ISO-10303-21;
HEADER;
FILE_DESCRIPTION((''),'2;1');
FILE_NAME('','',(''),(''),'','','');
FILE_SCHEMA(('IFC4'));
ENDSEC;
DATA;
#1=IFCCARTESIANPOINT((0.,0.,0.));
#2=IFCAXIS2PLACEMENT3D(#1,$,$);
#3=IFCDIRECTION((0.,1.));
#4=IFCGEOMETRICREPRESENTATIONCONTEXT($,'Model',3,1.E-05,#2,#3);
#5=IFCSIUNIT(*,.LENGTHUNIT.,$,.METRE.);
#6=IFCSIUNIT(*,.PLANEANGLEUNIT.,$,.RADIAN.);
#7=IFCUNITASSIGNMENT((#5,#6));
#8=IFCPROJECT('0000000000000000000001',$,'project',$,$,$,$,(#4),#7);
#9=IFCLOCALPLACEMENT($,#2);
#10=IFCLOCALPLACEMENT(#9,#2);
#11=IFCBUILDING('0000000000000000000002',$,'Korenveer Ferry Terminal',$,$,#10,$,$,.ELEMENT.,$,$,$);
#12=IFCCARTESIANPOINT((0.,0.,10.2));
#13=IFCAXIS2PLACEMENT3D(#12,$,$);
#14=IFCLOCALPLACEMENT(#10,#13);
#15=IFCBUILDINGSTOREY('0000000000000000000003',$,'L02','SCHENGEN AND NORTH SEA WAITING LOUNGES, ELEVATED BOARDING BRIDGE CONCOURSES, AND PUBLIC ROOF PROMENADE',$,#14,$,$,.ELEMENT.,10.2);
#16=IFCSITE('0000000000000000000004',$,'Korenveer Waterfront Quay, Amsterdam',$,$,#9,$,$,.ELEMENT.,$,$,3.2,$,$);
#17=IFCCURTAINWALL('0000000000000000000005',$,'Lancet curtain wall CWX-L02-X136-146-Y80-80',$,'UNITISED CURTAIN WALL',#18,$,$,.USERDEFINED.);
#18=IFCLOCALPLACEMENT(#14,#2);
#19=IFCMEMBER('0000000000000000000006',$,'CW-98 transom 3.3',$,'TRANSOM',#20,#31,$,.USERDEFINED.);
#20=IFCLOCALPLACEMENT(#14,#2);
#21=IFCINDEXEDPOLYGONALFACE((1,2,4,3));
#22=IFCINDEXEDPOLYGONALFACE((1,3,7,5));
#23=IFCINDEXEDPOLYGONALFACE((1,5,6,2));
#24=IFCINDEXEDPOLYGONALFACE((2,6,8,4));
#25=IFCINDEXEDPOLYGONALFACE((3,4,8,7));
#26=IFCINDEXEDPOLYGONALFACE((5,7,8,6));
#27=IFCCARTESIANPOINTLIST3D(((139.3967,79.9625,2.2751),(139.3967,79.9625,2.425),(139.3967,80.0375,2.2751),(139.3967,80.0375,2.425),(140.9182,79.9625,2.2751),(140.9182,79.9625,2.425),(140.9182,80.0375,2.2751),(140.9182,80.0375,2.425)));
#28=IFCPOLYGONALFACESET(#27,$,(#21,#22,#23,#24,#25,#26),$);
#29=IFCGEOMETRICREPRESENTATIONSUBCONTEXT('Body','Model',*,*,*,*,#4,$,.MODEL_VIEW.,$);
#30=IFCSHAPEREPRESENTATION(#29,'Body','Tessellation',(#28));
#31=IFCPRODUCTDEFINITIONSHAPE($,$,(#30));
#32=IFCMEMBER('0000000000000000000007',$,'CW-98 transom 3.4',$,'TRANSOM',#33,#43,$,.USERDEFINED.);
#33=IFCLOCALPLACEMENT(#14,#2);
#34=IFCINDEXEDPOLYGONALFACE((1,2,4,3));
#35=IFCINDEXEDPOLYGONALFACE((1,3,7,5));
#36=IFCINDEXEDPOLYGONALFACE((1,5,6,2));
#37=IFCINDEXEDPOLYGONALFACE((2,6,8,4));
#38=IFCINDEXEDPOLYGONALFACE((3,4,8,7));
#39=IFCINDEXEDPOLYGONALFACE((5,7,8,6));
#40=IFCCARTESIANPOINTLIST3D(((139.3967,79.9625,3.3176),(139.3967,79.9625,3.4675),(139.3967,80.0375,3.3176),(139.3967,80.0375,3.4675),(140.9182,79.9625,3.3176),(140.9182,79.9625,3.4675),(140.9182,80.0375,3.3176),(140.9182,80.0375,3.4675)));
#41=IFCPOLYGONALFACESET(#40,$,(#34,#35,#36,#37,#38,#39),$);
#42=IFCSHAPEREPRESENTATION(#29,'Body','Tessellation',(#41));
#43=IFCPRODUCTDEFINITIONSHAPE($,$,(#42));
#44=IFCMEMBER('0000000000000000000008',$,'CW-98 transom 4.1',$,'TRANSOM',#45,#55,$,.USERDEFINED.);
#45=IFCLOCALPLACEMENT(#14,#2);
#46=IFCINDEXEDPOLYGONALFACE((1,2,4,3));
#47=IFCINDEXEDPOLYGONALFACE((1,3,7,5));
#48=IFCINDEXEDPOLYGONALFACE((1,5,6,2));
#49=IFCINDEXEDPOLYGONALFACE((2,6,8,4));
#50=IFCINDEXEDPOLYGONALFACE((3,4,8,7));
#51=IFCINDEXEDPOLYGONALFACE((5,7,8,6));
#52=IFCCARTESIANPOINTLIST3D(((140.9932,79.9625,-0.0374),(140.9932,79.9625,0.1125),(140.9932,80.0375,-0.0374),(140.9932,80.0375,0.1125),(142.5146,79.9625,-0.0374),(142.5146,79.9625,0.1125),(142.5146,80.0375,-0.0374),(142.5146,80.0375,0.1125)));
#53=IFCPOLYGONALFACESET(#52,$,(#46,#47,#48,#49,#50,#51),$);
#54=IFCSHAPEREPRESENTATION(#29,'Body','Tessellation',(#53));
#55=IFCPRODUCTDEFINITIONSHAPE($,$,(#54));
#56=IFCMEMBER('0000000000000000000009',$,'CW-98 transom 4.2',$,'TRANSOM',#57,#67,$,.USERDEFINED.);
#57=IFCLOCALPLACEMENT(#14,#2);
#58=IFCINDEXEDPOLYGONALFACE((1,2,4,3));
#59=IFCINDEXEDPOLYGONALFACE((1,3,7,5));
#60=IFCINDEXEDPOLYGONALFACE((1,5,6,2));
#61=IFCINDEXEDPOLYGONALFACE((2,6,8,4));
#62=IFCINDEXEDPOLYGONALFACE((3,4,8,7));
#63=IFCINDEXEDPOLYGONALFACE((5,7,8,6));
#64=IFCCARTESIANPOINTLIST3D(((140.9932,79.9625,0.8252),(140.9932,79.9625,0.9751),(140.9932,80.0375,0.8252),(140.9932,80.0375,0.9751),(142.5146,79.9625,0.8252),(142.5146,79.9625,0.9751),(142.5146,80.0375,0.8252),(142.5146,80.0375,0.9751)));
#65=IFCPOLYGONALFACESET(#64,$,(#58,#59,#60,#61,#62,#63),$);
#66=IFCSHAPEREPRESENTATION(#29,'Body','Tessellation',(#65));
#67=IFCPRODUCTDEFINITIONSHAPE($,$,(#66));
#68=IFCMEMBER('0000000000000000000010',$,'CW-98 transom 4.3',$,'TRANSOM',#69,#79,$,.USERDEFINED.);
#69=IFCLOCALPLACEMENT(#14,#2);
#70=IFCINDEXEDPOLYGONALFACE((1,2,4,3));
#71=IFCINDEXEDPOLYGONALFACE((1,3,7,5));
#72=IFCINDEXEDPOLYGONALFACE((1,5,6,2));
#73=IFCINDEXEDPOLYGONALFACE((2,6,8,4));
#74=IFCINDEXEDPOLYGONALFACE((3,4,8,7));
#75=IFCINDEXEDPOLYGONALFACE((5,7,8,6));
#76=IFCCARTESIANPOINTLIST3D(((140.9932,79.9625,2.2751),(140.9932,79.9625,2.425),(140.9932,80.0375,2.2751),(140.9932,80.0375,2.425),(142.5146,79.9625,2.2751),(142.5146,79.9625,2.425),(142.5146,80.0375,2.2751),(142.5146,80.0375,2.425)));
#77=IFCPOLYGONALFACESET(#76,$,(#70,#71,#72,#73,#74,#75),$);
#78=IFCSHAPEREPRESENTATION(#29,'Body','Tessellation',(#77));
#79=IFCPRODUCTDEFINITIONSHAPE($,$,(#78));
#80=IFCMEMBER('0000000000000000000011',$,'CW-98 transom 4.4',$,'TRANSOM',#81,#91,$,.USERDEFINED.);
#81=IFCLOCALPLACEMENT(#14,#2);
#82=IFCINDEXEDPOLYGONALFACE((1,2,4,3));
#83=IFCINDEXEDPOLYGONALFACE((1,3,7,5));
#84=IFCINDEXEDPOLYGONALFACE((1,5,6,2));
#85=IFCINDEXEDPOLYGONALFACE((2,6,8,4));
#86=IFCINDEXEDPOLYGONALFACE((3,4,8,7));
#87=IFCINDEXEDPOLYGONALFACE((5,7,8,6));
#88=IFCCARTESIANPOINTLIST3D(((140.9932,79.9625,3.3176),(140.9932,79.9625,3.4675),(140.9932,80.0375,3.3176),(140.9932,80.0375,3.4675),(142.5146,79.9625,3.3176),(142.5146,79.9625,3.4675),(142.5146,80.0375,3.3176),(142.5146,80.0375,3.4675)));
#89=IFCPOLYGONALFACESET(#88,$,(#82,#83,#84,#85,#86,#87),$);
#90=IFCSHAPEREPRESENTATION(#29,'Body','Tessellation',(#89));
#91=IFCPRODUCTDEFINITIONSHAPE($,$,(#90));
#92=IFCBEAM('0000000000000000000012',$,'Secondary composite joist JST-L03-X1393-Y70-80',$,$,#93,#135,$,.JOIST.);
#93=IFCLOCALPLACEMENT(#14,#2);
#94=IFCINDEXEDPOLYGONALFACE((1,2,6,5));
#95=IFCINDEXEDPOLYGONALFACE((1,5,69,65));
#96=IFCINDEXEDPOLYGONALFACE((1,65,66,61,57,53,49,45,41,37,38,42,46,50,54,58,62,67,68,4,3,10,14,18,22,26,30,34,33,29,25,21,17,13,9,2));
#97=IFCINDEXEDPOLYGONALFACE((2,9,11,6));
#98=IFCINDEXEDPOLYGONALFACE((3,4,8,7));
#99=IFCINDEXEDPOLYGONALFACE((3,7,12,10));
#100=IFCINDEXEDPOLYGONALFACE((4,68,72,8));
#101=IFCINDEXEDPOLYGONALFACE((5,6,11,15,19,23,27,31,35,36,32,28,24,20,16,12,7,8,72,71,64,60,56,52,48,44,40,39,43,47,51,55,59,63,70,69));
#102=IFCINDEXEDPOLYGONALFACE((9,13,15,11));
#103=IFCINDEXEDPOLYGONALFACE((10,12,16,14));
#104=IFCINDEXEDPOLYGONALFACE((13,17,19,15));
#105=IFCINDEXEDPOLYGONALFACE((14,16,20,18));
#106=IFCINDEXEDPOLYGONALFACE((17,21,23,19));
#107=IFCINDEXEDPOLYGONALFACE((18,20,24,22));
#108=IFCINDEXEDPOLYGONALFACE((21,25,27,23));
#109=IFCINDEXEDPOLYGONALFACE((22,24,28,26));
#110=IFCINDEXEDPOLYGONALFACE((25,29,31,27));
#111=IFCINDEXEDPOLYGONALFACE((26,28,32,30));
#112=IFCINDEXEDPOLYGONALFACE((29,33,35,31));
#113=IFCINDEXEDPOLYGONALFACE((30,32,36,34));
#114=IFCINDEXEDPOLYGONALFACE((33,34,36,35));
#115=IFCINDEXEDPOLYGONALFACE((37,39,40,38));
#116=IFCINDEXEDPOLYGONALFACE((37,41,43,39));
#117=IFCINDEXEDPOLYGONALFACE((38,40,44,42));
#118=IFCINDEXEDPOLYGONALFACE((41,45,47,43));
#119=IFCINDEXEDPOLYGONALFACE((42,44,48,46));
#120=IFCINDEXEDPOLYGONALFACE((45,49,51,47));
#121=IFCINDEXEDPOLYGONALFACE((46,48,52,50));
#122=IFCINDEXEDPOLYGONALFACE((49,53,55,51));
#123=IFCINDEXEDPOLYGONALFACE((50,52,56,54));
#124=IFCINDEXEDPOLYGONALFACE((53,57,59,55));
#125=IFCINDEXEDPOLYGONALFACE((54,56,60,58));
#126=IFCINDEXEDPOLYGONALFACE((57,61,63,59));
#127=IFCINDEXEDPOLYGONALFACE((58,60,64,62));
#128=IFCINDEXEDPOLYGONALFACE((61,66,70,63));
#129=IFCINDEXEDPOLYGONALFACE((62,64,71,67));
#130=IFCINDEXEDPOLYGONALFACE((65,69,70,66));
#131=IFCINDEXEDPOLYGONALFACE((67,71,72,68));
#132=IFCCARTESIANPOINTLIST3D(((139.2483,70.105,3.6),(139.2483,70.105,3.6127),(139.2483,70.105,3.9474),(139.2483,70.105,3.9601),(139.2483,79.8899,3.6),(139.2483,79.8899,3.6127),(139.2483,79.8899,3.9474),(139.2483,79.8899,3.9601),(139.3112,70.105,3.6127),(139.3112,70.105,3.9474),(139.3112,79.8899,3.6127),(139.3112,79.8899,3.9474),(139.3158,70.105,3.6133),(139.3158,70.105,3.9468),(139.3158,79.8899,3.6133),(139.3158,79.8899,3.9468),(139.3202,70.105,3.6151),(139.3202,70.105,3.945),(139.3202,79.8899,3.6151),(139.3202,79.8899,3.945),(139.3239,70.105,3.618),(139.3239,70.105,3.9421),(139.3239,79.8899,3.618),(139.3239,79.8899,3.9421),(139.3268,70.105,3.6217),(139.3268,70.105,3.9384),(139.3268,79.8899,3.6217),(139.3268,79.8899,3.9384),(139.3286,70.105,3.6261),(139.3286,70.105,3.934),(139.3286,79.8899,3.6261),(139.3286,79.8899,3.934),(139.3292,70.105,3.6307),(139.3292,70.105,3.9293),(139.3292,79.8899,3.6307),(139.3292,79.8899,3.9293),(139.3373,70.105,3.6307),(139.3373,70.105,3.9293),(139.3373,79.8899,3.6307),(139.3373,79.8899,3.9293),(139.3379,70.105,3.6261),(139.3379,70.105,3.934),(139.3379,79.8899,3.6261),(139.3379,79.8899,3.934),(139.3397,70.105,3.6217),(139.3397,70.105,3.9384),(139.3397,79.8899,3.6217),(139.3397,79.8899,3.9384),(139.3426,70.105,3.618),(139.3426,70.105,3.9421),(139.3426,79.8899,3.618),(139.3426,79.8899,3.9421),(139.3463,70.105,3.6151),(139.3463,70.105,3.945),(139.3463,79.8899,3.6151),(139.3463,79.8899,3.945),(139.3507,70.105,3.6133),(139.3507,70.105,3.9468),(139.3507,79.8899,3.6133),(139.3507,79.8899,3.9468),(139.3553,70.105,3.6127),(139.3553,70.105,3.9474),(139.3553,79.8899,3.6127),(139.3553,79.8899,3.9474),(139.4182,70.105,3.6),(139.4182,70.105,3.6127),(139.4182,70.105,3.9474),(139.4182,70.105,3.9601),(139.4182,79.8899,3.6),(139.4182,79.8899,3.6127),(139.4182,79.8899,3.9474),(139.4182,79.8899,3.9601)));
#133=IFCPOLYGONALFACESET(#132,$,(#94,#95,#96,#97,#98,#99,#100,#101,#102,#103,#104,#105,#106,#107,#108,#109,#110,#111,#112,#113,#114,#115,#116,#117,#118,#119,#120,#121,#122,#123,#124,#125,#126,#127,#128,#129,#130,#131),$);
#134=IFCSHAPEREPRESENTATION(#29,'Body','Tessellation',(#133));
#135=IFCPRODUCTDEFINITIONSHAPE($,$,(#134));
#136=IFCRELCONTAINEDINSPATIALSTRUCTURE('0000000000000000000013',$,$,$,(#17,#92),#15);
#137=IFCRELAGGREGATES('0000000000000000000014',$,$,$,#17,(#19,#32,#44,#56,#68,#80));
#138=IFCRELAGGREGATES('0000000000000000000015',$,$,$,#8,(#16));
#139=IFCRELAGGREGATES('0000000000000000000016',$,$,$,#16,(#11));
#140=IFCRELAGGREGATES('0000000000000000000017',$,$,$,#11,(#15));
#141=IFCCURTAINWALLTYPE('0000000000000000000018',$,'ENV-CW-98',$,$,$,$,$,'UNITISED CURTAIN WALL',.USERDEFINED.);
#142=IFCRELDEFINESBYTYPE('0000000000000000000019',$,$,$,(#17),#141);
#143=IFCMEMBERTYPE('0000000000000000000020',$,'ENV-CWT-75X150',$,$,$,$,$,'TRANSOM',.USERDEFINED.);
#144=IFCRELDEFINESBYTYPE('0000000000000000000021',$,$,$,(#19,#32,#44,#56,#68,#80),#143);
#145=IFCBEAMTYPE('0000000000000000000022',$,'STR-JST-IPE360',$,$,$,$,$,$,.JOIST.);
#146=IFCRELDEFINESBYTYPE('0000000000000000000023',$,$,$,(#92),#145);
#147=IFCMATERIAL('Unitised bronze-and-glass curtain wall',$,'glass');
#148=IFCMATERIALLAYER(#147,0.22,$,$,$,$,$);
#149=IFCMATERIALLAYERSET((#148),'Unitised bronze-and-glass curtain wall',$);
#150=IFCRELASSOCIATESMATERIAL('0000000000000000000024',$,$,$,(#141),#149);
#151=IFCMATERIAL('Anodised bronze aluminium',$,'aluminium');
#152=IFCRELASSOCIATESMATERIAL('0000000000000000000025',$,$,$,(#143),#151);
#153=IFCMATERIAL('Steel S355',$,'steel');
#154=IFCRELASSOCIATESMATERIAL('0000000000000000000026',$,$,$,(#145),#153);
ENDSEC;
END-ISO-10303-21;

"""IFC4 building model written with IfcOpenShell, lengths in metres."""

from ifc_helpers import new_model, si_unit, direction, frame, origin, origin_2d, place, context, subcontext, project, spatial, rectangle, i_section, extrude, material, layer, layer_set, material_profile, profile_set, type_object, element, aggregate, save


model = new_model("IFC4")

# Units and contexts
model_context = context("Model", 3, precision=1e-05, world=origin(), true_north=direction((0.0, 1.0)))
body_context = subcontext(model_context, "Body", "Model", "MODEL_VIEW")
ifc_project = project(units=[si_unit("LENGTHUNIT", "METRE"), si_unit("PLANEANGLEUNIT", "RADIAN")], contexts=[model_context])

# Site, building, storey
site_placement = place(None, origin())
site = spatial("IfcSite", under=ifc_project, at=site_placement, Name="Korenveer Waterfront Quay, Amsterdam", CompositionType="ELEMENT", RefElevation=3.2)
building_placement = place(site_placement, origin())
building = spatial("IfcBuilding", under=site, at=building_placement, Name="Korenveer Ferry Terminal", CompositionType="ELEMENT")
storey_placement = place(building_placement, frame((0.0, 0.0, 10.2)))
storey = spatial("IfcBuildingStorey", under=building, at=storey_placement, Name="L02", Description="SCHENGEN AND NORTH SEA WAITING LOUNGES, ELEVATED BOARDING BRIDGE CONCOURSES, AND PUBLIC ROOF PROMENADE", CompositionType="ELEMENT", Elevation=10.2)

# Curtain wall, members
ifc_material_1 = material(Name="Unitised bronze-and-glass curtain wall", Category="glass")
ifc_layer_1 = layer(ifc_material_1, 0.22)
ifc_layer_set_1 = layer_set([ifc_layer_1], Name="Unitised bronze-and-glass curtain wall")
curtain_wall_type = type_object("IfcCurtainWallType", Name="ENV-CW-98", ElementType="UNITISED CURTAIN WALL", PredefinedType="USERDEFINED", material=ifc_layer_set_1)
curtain_wall_placement = place(storey_placement, frame((136.1665, 80.0, 0.0)))
curtain_wall = element("IfcCurtainWall", 1, at=curtain_wall_placement, inside=storey, type_object=curtain_wall_type, Name="Lancet curtain wall CWX-L02-X136-146-Y80-80", ObjectType="UNITISED CURTAIN WALL", PredefinedType="USERDEFINED")
ifc_material_2 = material(Name="Anodised bronze aluminium", Category="aluminium")
ifc_material_profile_1 = material_profile(ifc_material_2, rectangle(XDim=0.075, YDim=0.1499, at=origin_2d()), Name="ALU 75x150")
ifc_profile_set_1 = profile_set([ifc_material_profile_1], Name="Anodised bronze aluminium")
member_type_1 = type_object("IfcMemberType", Name="ENV-CWT-75X150", ElementType="TRANSOM", PredefinedType="USERDEFINED", material=ifc_profile_set_1)
member_1_placement = place(storey_placement, frame((139.3967, 80.0, 2.3501), z_axis=(1.0, 0.0, 0.0), x_axis=(0.0, 1.0, 0.0)))
member_1 = element("IfcMember", 2, at=member_1_placement, type_object=member_type_1, Name="CW-98 transom 3.3", ObjectType="TRANSOM", PredefinedType="USERDEFINED", context=body_context, shape_type="SweptSolid", body=[
    extrude(rectangle(XDim=0.075, YDim=0.1499, at=origin_2d()), origin(), (0.0, 0.0, 1.0), 1.5215),
])
member_2_placement = place(storey_placement, frame((139.3967, 80.0, 3.3926), z_axis=(1.0, 0.0, 0.0), x_axis=(0.0, 1.0, 0.0)))
member_2 = element("IfcMember", 3, at=member_2_placement, type_object=member_type_1, Name="CW-98 transom 3.4", ObjectType="TRANSOM", PredefinedType="USERDEFINED", context=body_context, shape_type="SweptSolid", body=[
    extrude(rectangle(XDim=0.075, YDim=0.1499, at=origin_2d()), origin(), (0.0, 0.0, 1.0), 1.5215),
])
member_3_placement = place(storey_placement, frame((140.9932, 80.0, 0.0376), z_axis=(1.0, 0.0, 0.0), x_axis=(0.0, 1.0, 0.0)))
member_3 = element("IfcMember", 4, at=member_3_placement, type_object=member_type_1, Name="CW-98 transom 4.1", ObjectType="TRANSOM", PredefinedType="USERDEFINED", context=body_context, shape_type="SweptSolid", body=[
    extrude(rectangle(XDim=0.075, YDim=0.1499, at=origin_2d()), origin(), (0.0, 0.0, 1.0), 1.5215),
])
member_4_placement = place(storey_placement, frame((140.9932, 80.0, 0.9001), z_axis=(1.0, 0.0, 0.0), x_axis=(0.0, 1.0, 0.0)))
member_4 = element("IfcMember", 5, at=member_4_placement, type_object=member_type_1, Name="CW-98 transom 4.2", ObjectType="TRANSOM", PredefinedType="USERDEFINED", context=body_context, shape_type="SweptSolid", body=[
    extrude(rectangle(XDim=0.075, YDim=0.1499, at=origin_2d()), origin(), (0.0, 0.0, 1.0), 1.5215),
])
member_5_placement = place(storey_placement, frame((140.9932, 80.0, 2.3501), z_axis=(1.0, 0.0, 0.0), x_axis=(0.0, 1.0, 0.0)))
member_5 = element("IfcMember", 6, at=member_5_placement, type_object=member_type_1, Name="CW-98 transom 4.3", ObjectType="TRANSOM", PredefinedType="USERDEFINED", context=body_context, shape_type="SweptSolid", body=[
    extrude(rectangle(XDim=0.075, YDim=0.1499, at=origin_2d()), origin(), (0.0, 0.0, 1.0), 1.5215),
])
member_6_placement = place(storey_placement, frame((140.9932, 80.0, 3.3926), z_axis=(1.0, 0.0, 0.0), x_axis=(0.0, 1.0, 0.0)))
member_6 = element("IfcMember", 7, at=member_6_placement, type_object=member_type_1, Name="CW-98 transom 4.4", ObjectType="TRANSOM", PredefinedType="USERDEFINED", context=body_context, shape_type="SweptSolid", body=[
    extrude(rectangle(XDim=0.075, YDim=0.1499, at=origin_2d()), origin(), (0.0, 0.0, 1.0), 1.5215),
])

# Beam
ifc_material_3 = material(Name="Steel S355", Category="steel")
ifc_material_profile_2 = material_profile(ifc_material_3, i_section(OverallWidth=0.1699, OverallDepth=0.3601, WebThickness=0.0081, FlangeThickness=0.0127, FilletRadius=0.0181, at=origin_2d()), Name="IPE 360")
ifc_profile_set_2 = profile_set([ifc_material_profile_2], Name="Steel S355")
beam_type_1 = type_object("IfcBeamType", Name="STR-JST-IPE360", PredefinedType="JOIST", material=ifc_profile_set_2)
beam_1_placement = place(storey_placement, frame((139.3333, 70.105, 3.78), z_axis=(0.0, 1.0, 0.0), x_axis=(-1.0, 0.0, 0.0)))
element("IfcBeam", 8, at=beam_1_placement, inside=storey, type_object=beam_type_1, Name="Secondary composite joist JST-L03-X1393-Y70-80", PredefinedType="JOIST", context=body_context, shape_type="SweptSolid", body=[
    extrude(i_section(OverallWidth=0.1699, OverallDepth=0.3601, WebThickness=0.0081, FlangeThickness=0.0127, FilletRadius=0.0181, at=origin_2d()), origin(), (0.0, 0.0, 1.0), 9.7849),
])

aggregate(curtain_wall, [member_1, member_2, member_3, member_4, member_5, member_6])

save(model, "model.ifc")
